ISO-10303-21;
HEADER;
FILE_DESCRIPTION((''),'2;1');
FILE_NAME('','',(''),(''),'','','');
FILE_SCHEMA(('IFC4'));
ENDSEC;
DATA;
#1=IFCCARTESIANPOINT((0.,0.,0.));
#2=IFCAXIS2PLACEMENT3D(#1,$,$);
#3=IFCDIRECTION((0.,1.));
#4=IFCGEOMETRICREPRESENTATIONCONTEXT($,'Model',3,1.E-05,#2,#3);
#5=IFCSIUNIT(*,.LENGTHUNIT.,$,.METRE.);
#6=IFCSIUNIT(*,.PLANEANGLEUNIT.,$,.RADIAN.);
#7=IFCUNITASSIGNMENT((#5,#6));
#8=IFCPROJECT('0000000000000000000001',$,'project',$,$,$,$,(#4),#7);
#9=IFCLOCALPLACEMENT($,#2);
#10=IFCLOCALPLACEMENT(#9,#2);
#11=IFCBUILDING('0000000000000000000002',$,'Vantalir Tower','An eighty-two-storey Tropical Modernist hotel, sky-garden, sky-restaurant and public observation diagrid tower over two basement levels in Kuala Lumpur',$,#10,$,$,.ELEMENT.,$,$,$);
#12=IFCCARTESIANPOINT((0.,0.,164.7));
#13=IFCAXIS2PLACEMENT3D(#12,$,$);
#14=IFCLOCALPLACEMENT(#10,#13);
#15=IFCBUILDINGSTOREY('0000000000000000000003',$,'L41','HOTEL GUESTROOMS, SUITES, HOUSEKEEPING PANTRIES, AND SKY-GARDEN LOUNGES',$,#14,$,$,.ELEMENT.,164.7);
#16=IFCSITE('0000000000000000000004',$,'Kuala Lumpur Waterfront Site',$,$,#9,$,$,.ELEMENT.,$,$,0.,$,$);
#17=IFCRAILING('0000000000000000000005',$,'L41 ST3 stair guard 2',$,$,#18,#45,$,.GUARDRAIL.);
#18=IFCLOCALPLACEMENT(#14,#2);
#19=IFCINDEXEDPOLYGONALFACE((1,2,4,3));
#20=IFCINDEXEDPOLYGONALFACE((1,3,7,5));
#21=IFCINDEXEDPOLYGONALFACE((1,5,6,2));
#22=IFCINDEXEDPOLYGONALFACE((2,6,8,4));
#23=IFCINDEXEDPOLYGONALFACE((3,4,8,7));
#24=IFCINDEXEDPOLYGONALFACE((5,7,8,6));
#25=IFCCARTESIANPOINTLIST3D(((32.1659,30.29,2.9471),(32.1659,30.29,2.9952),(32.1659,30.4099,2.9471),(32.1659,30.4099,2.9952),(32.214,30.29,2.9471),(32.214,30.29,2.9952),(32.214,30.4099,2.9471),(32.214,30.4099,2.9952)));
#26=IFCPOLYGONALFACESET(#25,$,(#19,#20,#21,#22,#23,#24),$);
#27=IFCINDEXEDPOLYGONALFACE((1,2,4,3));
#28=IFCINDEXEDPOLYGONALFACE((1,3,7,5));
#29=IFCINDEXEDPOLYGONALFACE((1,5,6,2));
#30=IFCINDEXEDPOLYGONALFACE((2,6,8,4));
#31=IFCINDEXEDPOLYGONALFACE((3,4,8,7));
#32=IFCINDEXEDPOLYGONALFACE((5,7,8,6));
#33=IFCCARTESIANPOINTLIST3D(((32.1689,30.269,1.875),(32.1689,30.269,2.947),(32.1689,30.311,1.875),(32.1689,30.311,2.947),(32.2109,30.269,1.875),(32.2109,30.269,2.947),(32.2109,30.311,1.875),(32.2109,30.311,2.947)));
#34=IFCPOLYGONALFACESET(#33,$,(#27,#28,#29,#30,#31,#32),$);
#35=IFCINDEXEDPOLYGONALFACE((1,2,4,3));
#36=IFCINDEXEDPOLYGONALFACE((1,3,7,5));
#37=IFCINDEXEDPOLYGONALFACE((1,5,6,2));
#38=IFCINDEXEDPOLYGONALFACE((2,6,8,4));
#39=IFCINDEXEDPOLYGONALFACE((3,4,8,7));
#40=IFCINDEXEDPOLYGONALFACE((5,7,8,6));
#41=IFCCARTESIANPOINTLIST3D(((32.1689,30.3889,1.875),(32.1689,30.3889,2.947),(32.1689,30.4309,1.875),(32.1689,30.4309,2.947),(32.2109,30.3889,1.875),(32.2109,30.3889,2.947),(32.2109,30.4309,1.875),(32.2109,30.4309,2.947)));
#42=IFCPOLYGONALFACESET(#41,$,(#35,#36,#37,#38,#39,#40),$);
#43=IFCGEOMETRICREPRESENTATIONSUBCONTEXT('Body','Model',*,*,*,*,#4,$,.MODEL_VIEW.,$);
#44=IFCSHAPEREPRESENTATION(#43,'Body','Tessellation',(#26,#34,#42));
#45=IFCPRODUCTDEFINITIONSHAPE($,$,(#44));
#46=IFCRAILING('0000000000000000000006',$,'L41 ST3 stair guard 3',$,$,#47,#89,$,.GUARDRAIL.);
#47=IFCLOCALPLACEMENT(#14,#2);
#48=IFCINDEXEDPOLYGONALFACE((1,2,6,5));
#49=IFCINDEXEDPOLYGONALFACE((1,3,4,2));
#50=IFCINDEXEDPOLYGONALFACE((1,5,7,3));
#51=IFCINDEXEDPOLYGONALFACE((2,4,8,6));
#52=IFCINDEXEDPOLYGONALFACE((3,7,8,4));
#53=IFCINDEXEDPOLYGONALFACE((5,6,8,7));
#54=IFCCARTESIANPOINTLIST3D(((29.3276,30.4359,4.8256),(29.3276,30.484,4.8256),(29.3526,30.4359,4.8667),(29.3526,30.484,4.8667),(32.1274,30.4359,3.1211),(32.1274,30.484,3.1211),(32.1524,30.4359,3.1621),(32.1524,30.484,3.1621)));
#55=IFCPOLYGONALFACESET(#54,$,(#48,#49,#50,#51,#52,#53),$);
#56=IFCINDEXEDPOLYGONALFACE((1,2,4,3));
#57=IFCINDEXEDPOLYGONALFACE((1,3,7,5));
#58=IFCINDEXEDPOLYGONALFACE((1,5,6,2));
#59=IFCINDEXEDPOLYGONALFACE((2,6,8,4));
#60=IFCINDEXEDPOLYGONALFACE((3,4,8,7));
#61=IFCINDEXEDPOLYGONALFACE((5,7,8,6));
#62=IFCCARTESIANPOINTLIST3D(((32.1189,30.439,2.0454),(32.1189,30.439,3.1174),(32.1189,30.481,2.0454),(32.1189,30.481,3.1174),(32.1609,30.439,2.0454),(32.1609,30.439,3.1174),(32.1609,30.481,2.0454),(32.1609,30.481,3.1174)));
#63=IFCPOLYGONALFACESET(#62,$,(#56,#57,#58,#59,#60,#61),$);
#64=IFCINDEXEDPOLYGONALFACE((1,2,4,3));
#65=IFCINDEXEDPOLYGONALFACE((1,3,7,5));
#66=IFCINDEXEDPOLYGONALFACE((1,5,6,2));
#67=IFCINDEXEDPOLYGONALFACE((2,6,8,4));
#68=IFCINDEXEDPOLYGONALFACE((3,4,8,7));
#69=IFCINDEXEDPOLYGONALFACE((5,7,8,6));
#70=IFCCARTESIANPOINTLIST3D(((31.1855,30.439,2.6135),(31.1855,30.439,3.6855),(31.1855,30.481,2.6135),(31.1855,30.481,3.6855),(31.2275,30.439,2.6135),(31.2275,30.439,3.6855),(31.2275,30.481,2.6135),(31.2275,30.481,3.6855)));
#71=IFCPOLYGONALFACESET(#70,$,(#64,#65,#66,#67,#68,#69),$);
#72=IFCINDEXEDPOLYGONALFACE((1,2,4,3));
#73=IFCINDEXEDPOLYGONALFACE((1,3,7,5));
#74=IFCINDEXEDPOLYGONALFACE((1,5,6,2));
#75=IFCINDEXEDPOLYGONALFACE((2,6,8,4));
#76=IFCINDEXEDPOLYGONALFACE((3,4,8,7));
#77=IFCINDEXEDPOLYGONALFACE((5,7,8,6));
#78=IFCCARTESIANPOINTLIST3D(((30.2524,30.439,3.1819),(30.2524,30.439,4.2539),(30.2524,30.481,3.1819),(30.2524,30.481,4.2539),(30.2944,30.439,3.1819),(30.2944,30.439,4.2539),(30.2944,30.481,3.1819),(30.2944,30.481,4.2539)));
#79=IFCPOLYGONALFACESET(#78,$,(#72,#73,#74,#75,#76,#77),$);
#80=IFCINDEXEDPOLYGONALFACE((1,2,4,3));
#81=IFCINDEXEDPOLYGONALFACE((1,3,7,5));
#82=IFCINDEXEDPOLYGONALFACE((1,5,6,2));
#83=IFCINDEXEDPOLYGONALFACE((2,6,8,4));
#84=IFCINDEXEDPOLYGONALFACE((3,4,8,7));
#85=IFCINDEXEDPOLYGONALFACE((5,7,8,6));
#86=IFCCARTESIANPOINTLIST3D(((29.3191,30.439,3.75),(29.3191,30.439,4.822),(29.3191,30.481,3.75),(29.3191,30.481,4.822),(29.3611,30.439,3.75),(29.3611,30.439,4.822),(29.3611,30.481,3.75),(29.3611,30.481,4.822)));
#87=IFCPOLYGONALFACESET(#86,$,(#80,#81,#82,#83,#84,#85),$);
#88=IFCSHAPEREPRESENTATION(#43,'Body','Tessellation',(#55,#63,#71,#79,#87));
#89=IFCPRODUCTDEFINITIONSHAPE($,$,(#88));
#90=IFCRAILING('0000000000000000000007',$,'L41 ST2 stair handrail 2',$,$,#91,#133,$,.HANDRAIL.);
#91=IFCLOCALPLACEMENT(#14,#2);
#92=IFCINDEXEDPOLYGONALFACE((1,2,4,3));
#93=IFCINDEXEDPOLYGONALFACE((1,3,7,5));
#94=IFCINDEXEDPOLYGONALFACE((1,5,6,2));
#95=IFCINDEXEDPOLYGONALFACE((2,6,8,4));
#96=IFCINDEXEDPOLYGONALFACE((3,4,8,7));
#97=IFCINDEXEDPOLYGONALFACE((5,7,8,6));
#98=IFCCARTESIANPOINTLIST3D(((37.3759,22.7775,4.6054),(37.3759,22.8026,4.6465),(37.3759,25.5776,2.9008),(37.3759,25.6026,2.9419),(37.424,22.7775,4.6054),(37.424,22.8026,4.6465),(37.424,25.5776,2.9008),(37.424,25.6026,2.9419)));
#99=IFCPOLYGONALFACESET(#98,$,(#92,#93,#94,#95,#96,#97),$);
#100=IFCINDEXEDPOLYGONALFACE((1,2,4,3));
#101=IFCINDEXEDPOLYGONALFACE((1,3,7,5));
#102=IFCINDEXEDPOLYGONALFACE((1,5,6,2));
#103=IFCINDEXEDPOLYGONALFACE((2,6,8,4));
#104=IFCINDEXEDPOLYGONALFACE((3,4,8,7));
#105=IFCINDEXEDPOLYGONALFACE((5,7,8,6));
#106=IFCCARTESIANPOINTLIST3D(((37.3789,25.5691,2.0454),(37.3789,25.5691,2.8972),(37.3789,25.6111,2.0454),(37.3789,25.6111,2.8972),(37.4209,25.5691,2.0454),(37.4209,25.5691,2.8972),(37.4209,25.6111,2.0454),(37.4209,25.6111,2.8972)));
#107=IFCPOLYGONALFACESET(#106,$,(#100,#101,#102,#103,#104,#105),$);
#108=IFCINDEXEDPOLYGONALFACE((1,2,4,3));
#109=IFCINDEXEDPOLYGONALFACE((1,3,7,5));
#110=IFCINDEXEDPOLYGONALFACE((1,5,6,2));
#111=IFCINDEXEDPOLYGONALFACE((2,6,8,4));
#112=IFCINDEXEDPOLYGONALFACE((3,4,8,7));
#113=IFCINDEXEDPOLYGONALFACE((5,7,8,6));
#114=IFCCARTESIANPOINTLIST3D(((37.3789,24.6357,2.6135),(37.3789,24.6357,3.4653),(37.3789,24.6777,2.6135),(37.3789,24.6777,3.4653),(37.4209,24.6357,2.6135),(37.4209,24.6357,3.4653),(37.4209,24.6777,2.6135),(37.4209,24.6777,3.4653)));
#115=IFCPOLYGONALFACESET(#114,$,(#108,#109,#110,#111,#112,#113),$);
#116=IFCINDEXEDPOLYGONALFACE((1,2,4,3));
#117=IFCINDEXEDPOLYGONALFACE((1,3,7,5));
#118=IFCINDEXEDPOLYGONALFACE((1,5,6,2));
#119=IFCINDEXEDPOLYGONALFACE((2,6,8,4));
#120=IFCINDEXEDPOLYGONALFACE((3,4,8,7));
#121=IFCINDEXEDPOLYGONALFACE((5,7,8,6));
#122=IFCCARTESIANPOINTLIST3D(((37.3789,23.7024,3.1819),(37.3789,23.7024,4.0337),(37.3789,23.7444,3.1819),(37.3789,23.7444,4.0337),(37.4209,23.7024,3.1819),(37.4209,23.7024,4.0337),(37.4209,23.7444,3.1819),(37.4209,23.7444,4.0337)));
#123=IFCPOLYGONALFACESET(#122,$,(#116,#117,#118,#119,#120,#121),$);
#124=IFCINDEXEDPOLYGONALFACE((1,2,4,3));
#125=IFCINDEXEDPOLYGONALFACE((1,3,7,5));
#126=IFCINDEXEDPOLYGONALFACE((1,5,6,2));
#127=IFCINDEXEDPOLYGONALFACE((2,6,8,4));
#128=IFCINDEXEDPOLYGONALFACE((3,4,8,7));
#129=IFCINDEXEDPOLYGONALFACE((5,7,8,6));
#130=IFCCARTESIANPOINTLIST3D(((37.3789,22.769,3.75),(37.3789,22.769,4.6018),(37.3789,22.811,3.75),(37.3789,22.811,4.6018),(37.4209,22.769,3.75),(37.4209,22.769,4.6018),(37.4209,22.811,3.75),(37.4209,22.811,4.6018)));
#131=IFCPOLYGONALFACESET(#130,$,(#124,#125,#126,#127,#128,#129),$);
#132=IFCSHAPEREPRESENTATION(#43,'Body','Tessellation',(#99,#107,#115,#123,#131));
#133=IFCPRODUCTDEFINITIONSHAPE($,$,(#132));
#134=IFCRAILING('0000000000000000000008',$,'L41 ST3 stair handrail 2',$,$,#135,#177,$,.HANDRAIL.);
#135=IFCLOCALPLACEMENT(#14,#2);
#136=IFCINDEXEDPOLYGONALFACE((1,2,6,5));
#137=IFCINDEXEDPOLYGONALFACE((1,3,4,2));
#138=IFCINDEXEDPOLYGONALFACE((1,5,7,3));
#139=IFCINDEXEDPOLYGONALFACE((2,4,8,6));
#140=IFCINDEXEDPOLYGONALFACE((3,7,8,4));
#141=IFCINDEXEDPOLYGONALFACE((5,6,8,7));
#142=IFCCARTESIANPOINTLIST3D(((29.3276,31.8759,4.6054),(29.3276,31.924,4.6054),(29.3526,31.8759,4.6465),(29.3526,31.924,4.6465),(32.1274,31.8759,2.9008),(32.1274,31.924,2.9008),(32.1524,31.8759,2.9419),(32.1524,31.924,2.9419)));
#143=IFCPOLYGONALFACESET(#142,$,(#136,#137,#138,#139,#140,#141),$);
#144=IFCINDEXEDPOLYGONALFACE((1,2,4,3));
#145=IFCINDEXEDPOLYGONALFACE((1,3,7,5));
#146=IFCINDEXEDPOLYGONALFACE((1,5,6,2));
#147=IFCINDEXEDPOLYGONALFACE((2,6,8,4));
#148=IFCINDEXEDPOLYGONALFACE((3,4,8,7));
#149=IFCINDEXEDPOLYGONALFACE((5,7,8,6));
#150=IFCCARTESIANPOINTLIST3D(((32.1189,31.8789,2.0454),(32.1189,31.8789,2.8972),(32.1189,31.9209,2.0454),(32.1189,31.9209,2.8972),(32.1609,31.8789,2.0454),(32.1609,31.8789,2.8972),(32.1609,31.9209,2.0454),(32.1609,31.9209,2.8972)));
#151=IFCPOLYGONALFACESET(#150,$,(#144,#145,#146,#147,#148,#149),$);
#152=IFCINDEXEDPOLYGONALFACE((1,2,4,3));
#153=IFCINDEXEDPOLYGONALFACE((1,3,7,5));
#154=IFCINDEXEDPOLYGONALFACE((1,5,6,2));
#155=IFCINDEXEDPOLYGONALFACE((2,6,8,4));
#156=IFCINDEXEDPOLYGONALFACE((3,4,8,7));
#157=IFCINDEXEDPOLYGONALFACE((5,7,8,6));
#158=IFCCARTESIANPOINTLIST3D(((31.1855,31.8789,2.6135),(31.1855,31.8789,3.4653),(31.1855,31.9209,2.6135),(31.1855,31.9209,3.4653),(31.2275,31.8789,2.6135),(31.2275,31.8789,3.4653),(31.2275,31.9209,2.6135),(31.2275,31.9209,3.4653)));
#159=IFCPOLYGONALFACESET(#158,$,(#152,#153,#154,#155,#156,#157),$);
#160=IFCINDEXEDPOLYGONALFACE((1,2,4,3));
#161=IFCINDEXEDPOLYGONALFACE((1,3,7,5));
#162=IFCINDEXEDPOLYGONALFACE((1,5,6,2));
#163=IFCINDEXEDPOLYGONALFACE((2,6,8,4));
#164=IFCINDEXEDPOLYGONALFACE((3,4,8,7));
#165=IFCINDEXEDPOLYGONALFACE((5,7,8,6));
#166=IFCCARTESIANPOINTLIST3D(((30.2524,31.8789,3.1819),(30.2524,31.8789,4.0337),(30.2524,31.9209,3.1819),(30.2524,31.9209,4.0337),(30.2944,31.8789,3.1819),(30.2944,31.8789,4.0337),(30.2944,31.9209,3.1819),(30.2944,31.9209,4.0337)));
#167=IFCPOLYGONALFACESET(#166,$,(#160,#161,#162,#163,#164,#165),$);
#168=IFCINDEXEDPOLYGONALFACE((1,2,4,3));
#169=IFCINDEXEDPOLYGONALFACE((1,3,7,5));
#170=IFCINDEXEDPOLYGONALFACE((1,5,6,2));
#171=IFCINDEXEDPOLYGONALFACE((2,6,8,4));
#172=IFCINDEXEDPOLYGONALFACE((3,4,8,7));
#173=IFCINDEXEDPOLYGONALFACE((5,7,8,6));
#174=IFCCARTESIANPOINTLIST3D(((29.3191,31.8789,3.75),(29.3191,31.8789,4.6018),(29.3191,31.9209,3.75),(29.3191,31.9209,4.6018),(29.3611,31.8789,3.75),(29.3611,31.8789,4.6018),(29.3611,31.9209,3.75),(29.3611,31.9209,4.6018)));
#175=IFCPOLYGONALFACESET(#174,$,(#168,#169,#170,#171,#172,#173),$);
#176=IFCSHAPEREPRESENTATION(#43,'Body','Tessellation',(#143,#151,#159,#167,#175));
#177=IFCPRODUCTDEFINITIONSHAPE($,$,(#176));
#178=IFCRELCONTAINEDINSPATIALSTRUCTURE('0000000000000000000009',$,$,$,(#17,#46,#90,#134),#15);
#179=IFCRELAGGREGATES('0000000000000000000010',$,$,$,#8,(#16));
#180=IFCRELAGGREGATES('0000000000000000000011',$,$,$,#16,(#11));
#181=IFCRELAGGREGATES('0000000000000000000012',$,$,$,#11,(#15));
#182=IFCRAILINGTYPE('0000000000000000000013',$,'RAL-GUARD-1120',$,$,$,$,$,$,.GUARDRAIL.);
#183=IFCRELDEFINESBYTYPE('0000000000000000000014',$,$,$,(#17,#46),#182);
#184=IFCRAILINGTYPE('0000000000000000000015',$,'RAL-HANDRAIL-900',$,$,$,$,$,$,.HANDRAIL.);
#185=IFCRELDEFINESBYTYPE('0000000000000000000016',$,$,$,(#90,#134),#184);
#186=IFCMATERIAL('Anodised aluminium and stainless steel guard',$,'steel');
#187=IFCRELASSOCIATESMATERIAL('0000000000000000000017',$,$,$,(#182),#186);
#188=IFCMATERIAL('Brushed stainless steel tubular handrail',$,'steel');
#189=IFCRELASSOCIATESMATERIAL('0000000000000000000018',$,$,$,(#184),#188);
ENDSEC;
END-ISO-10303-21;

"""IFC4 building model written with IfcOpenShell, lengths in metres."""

from ifc_helpers import new_model, si_unit, direction, frame, origin, origin_2d, place, context, subcontext, project, spatial, rectangle, extrude, material, type_object, element, save


model = new_model("IFC4")

# Units and contexts
model_context = context("Model", 3, precision=1e-05, world=origin(), true_north=direction((0.0, 1.0)))
body_context = subcontext(model_context, "Body", "Model", "MODEL_VIEW")
ifc_project = project(units=[si_unit("LENGTHUNIT", "METRE"), si_unit("PLANEANGLEUNIT", "RADIAN")], contexts=[model_context])

# Site, building, storey
site_placement = place(None, origin())
site = spatial("IfcSite", under=ifc_project, at=site_placement, Name="Kuala Lumpur Waterfront Site", CompositionType="ELEMENT", RefElevation=0.0)
building_placement = place(site_placement, origin())
building = spatial("IfcBuilding", under=site, at=building_placement, Name="Vantalir Tower", Description="An eighty-two-storey Tropical Modernist hotel, sky-garden, sky-restaurant and public observation diagrid tower over two basement levels in Kuala Lumpur", CompositionType="ELEMENT")
storey_placement = place(building_placement, frame((0.0, 0.0, 164.7)))
storey = spatial("IfcBuildingStorey", under=building, at=storey_placement, Name="L41", Description="HOTEL GUESTROOMS, SUITES, HOUSEKEEPING PANTRIES, AND SKY-GARDEN LOUNGES", CompositionType="ELEMENT", Elevation=164.7)

# Railings
ifc_material_1 = material(Name="Anodised aluminium and stainless steel guard", Category="steel")
railing_type_1 = type_object("IfcRailingType", Name="RAL-GUARD-1120", PredefinedType="GUARDRAIL", material=ifc_material_1)
railing_1_placement = place(storey_placement, frame((32.1899, 30.29, 1.875)))
element("IfcRailing", 1, at=railing_1_placement, inside=storey, type_object=railing_type_1, Name="L41 ST3 stair guard 2", PredefinedType="GUARDRAIL", context=body_context, shape_type="SweptSolid", body=[
    extrude(rectangle(XDim=0.0481, YDim=0.0481, at=origin_2d()), frame((0.0, 0.0, 1.0962), z_axis=(0.0, 1.0, 0.0), x_axis=(-1.0, 0.0, 0.0)), (0.0, 0.0, 1.0), 0.1199),
    extrude(rectangle(XDim=0.042, YDim=0.042, at=origin_2d()), origin(), (0.0, 0.0, 1.0), 1.072),
    extrude(rectangle(XDim=0.042, YDim=0.042, at=origin_2d()), frame((0.0, 0.1199, 0.0)), (0.0, 0.0, 1.0), 1.072),
])
railing_2_placement = place(storey_placement, frame((32.1399, 30.46, 2.0454)))
element("IfcRailing", 2, at=railing_2_placement, inside=storey, type_object=railing_type_1, Name="L41 ST3 stair guard 3", PredefinedType="GUARDRAIL", context=body_context, shape_type="SweptSolid", body=[
    extrude(rectangle(XDim=0.0481, YDim=0.0481, at=origin_2d()), frame((0.0, 0.0, 1.0962), z_axis=(-0.85415, 0.0, 0.520027), x_axis=(0.0, -1.0, 0.0)), (0.0, 0.0, 1.0), 3.2778),
    extrude(rectangle(XDim=0.042, YDim=0.042, at=origin_2d()), origin(), (0.0, 0.0, 1.0), 1.072),
    extrude(rectangle(XDim=0.042, YDim=0.042, at=origin_2d()), frame((-0.9333, 0.0, 0.5681)), (0.0, 0.0, 1.0), 1.072),
    extrude(rectangle(XDim=0.042, YDim=0.042, at=origin_2d()), frame((-1.8665, 0.0, 1.1365)), (0.0, 0.0, 1.0), 1.072),
    extrude(rectangle(XDim=0.042, YDim=0.042, at=origin_2d()), frame((-2.7998, 0.0, 1.7046)), (0.0, 0.0, 1.0), 1.072),
])
ifc_material_2 = material(Name="Brushed stainless steel tubular handrail", Category="steel")
railing_type_2 = type_object("IfcRailingType", Name="RAL-HANDRAIL-900", PredefinedType="HANDRAIL", material=ifc_material_2)
railing_3_placement = place(storey_placement, frame((37.3999, 25.5901, 2.0454)))
element("IfcRailing", 3, at=railing_3_placement, inside=storey, type_object=railing_type_2, Name="L41 ST2 stair handrail 2", PredefinedType="HANDRAIL", context=body_context, shape_type="SweptSolid", body=[
    extrude(rectangle(XDim=0.0481, YDim=0.0481, at=origin_2d()), frame((0.0, 0.0, 0.876), z_axis=(0.0, -0.85417, 0.519994), x_axis=(1.0, 0.0, 0.0)), (0.0, 0.0, 1.0), 3.2781),
    extrude(rectangle(XDim=0.042, YDim=0.042, at=origin_2d()), origin(), (0.0, 0.0, 1.0), 0.8518),
    extrude(rectangle(XDim=0.042, YDim=0.042, at=origin_2d()), frame((0.0, -0.9333, 0.5681)), (0.0, 0.0, 1.0), 0.8518),
    extrude(rectangle(XDim=0.042, YDim=0.042, at=origin_2d()), frame((0.0, -1.8667, 1.1365)), (0.0, 0.0, 1.0), 0.8518),
    extrude(rectangle(XDim=0.042, YDim=0.042, at=origin_2d()), frame((0.0, -2.8, 1.7046)), (0.0, 0.0, 1.0), 0.8518),
])
railing_4_placement = place(storey_placement, frame((32.1399, 31.8999, 2.0454)))
element("IfcRailing", 4, at=railing_4_placement, inside=storey, type_object=railing_type_2, Name="L41 ST3 stair handrail 2", PredefinedType="HANDRAIL", context=body_context, shape_type="SweptSolid", body=[
    extrude(rectangle(XDim=0.0481, YDim=0.0481, at=origin_2d()), frame((0.0, 0.0, 0.876), z_axis=(-0.85415, 0.0, 0.520027), x_axis=(0.0, -1.0, 0.0)), (0.0, 0.0, 1.0), 3.2778),
    extrude(rectangle(XDim=0.042, YDim=0.042, at=origin_2d()), origin(), (0.0, 0.0, 1.0), 0.8518),
    extrude(rectangle(XDim=0.042, YDim=0.042, at=origin_2d()), frame((-0.9333, 0.0, 0.5681)), (0.0, 0.0, 1.0), 0.8518),
    extrude(rectangle(XDim=0.042, YDim=0.042, at=origin_2d()), frame((-1.8665, 0.0, 1.1365)), (0.0, 0.0, 1.0), 0.8518),
    extrude(rectangle(XDim=0.042, YDim=0.042, at=origin_2d()), frame((-2.7998, 0.0, 1.7046)), (0.0, 0.0, 1.0), 0.8518),
])

save(model, "model.ifc")
